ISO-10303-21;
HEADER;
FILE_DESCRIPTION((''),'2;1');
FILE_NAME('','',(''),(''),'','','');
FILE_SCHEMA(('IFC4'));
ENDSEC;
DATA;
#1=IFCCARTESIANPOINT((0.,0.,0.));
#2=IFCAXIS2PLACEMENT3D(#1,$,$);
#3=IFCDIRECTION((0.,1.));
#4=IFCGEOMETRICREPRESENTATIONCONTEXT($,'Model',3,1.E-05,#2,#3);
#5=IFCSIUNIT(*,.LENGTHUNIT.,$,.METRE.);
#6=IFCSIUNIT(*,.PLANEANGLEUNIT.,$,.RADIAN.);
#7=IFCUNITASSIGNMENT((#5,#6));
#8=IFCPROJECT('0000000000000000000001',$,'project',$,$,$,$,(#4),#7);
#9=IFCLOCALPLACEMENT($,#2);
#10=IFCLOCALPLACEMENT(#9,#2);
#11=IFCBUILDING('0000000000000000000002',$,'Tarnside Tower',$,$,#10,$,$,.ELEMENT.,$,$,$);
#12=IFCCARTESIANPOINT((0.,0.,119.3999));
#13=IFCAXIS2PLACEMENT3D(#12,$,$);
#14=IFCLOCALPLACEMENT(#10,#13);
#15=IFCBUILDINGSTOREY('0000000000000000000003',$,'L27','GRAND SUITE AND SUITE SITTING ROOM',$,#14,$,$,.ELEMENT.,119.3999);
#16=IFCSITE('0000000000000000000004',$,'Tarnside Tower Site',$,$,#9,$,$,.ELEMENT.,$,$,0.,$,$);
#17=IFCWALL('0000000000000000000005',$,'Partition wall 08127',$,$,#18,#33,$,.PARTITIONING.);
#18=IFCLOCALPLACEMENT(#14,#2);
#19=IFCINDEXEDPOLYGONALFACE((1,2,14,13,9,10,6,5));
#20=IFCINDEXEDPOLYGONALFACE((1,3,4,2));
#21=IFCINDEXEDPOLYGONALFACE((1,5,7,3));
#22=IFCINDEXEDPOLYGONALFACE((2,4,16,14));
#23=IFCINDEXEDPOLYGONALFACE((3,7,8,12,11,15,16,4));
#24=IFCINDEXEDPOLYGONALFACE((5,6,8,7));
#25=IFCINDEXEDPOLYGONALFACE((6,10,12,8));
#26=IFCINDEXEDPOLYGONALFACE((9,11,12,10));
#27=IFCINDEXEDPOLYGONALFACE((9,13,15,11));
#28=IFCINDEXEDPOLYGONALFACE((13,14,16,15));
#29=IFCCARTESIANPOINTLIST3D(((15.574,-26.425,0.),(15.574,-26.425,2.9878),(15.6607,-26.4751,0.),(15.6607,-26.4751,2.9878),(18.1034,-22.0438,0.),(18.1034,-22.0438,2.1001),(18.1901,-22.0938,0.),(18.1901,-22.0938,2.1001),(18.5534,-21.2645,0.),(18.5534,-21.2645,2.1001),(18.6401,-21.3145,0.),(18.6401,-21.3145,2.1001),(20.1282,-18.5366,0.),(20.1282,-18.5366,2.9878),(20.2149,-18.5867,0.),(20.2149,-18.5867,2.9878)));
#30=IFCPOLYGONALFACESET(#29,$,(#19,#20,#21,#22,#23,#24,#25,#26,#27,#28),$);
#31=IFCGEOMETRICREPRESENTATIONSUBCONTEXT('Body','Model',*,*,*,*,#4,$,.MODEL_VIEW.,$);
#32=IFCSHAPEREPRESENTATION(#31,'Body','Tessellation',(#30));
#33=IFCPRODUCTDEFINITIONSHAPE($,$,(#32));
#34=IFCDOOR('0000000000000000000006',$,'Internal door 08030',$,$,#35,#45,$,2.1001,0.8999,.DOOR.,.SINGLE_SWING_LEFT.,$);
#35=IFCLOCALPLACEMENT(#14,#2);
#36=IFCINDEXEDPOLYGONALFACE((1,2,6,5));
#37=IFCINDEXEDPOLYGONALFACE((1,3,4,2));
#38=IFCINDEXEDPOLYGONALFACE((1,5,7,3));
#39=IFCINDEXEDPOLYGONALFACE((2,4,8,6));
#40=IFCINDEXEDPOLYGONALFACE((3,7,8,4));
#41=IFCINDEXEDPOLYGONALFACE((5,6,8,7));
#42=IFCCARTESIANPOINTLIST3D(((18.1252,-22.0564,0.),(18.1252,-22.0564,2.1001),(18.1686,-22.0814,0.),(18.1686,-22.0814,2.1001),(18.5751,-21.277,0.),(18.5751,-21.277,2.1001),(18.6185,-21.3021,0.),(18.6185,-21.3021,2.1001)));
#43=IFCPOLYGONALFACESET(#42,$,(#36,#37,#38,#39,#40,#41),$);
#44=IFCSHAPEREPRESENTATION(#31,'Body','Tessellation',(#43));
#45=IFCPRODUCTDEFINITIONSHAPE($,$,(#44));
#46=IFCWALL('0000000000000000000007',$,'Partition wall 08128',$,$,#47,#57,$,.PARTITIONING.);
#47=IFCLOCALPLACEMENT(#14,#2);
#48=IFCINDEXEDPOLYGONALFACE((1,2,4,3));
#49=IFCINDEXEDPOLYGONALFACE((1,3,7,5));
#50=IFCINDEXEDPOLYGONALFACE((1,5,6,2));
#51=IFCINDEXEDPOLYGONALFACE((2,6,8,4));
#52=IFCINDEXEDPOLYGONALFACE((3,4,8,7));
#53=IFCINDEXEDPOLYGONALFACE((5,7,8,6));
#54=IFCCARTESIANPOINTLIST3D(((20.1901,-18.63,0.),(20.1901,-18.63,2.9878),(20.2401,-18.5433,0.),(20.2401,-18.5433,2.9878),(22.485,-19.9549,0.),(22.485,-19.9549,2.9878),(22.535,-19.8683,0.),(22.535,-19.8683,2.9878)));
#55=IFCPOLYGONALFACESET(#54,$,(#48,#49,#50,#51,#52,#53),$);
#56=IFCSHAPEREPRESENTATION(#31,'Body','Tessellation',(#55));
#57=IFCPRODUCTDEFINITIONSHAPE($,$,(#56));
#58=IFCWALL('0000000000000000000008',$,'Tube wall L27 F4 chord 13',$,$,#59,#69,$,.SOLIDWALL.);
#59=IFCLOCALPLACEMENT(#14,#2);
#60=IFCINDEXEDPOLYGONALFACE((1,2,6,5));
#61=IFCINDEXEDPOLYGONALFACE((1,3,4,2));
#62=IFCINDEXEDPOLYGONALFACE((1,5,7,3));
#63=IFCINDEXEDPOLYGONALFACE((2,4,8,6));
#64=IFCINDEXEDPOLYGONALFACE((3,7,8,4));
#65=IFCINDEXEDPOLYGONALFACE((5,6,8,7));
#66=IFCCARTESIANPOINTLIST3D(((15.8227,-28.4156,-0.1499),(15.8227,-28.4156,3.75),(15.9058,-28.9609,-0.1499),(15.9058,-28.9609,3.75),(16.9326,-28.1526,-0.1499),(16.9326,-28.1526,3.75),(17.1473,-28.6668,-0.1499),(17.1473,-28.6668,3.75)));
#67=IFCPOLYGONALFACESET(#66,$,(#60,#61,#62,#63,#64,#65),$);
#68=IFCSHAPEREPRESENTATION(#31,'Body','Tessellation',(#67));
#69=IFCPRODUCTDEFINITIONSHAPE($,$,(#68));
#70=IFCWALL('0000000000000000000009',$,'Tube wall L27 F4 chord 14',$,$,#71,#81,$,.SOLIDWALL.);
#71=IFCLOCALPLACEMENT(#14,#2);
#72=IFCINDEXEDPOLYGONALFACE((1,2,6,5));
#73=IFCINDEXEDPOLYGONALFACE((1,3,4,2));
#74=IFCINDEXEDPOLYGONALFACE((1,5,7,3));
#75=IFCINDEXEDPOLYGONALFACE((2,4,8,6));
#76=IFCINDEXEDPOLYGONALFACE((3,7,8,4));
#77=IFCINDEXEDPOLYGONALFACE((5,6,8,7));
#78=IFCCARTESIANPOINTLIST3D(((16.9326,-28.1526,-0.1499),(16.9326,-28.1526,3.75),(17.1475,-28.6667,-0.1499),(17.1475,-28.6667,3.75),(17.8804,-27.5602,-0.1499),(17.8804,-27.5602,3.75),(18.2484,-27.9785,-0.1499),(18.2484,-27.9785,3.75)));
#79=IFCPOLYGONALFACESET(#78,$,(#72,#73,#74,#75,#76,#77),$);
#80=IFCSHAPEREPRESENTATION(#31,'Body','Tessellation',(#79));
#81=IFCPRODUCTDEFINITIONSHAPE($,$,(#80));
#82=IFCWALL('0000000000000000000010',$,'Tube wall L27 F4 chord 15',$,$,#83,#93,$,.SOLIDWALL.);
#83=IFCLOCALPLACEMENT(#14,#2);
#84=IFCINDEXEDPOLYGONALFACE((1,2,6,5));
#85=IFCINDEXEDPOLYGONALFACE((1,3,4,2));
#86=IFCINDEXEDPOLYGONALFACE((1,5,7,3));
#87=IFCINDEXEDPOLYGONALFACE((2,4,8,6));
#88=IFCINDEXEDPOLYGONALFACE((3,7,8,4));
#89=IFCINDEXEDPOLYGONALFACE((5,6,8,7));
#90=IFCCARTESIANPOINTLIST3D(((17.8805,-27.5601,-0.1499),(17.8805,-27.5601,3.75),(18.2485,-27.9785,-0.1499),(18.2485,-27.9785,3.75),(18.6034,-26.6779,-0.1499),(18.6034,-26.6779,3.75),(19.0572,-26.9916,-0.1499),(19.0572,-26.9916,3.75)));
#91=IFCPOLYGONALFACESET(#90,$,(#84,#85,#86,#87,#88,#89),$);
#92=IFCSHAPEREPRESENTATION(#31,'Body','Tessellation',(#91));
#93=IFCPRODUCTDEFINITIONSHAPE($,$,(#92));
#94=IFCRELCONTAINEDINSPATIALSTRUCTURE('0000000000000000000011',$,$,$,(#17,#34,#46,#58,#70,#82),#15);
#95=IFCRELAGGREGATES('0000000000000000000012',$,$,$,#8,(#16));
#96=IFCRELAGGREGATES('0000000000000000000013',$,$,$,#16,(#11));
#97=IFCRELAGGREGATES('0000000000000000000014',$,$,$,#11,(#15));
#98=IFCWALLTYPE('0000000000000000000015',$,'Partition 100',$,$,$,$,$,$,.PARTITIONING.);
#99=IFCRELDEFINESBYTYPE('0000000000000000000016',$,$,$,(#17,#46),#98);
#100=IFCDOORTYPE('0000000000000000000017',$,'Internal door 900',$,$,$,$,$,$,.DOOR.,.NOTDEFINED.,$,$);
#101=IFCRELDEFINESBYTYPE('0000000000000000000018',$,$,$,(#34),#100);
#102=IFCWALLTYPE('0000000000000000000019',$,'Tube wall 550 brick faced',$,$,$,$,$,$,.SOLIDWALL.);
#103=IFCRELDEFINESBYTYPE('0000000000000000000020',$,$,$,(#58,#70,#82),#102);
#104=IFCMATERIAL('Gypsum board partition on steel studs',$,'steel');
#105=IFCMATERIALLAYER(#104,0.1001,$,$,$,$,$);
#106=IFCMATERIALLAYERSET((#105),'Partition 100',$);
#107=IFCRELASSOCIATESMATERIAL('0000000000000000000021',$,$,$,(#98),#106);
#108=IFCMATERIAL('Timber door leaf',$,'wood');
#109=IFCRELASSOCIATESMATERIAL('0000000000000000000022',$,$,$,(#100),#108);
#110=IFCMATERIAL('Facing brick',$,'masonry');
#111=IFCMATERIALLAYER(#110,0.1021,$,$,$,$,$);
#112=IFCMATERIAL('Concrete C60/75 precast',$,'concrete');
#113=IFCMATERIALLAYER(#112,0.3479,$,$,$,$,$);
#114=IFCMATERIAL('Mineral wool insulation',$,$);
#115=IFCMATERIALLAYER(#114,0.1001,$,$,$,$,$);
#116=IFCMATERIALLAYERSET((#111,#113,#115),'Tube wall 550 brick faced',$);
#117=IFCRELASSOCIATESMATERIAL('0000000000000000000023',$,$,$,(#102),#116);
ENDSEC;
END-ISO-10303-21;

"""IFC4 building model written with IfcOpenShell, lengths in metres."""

from ifc_helpers import new_model, si_unit, direction, frame, frame_2d, origin, place, context, subcontext, project, spatial, polyline, rectangle, outline, extrude, material, layer, layer_set, type_object, element, fill, save


model = new_model("IFC4")

# Units and contexts
model_context = context("Model", 3, precision=1e-05, world=origin(), true_north=direction((0.0, 1.0)))
body_context = subcontext(model_context, "Body", "Model", "MODEL_VIEW")
ifc_project = project(units=[si_unit("LENGTHUNIT", "METRE"), si_unit("PLANEANGLEUNIT", "RADIAN")], contexts=[model_context])

# Site, building, storey
site_placement = place(None, origin())
site = spatial("IfcSite", under=ifc_project, at=site_placement, Name="Tarnside Tower Site", CompositionType="ELEMENT", RefElevation=0.0)
building_placement = place(site_placement, origin())
building = spatial("IfcBuilding", under=site, at=building_placement, Name="Tarnside Tower", CompositionType="ELEMENT")
storey_placement = place(building_placement, frame((0.0, 0.0, 119.3999)))
storey = spatial("IfcBuildingStorey", under=building, at=storey_placement, Name="L27", Description="GRAND SUITE AND SUITE SITTING ROOM", CompositionType="ELEMENT", Elevation=119.3999)

# Shared definitions
ifc_material_1 = material(Name="Gypsum board partition on steel studs", Category="steel")

# Shared definitions
ifc_material_2 = material(Name="Timber door leaf", Category="wood")

# Wall, opening, door
ifc_layer_1 = layer(ifc_material_1, 0.1001)
ifc_layer_set_1 = layer_set([ifc_layer_1], Name="Partition 100")
wall_type_1 = type_object("IfcWallType", Name="Partition 100", PredefinedType="PARTITIONING", material=ifc_layer_set_1)
wall_1_placement = place(storey_placement, frame((15.6174, -26.45, 0.0), z_axis=(0.0, 0.0, 1.0), x_axis=(0.499985, 0.866034, 0.0)))
wall_1 = element("IfcWall", 1, at=wall_1_placement, inside=storey, type_object=wall_type_1, Name="Partition wall 08127", PredefinedType="PARTITIONING", context=body_context, shape_type="SweptSolid", body=[
    extrude(rectangle(XDim=9.1086, YDim=0.1001, at=frame_2d((4.5542, 0.0))), origin(), (0.0, 0.0, 1.0), 2.9878),
])
opening_1_placement = place(wall_1_placement, frame((5.0588, 0.0, 0.0)))
opening_1 = element("IfcOpeningElement", 2, at=opening_1_placement, cuts=wall_1, PredefinedType="OPENING", context=body_context, shape_type="SweptSolid", body=[
    extrude(rectangle(XDim=0.8999, YDim=2.1001, at=frame_2d((0.45, 1.05))), frame((0.0, 0.0601, 0.0), z_axis=(0.0, -1.0, 0.0), x_axis=(1.0, 0.0, 0.0)), (0.0, 0.0, 1.0), 0.1201),
])
door_type_1 = type_object("IfcDoorType", Name="Internal door 900", OperationType="NOTDEFINED", PredefinedType="DOOR", material=ifc_material_2)
door_1_placement = place(opening_1_placement, origin())
door_1 = element("IfcDoor", 3, at=door_1_placement, inside=storey, type_object=door_type_1, Name="Internal door 08030", OperationType="SINGLE_SWING_LEFT", OverallHeight=2.1001, OverallWidth=0.8999, PredefinedType="DOOR", context=body_context, shape_type="SweptSolid", body=[
    extrude(rectangle(XDim=0.8999, YDim=2.1001, at=frame_2d((0.45, 1.05))), frame((0.0, 0.0249, 0.0), z_axis=(0.0, -1.0, 0.0), x_axis=(1.0, 0.0, 0.0)), (0.0, 0.0, 1.0), 0.05),
])
fill(opening_1, door_1)

# Walls
wall_2_placement = place(storey_placement, frame((20.2151, -18.5867, 0.0), z_axis=(0.0, 0.0, 1.0), x_axis=(0.866029, -0.499994, 0.0)))
element("IfcWall", 4, at=wall_2_placement, inside=storey, type_object=wall_type_1, Name="Partition wall 08128", PredefinedType="PARTITIONING", context=body_context, shape_type="SweptSolid", body=[
    extrude(rectangle(XDim=2.6499, YDim=0.1001, at=frame_2d((1.325, 0.0))), origin(), (0.0, 0.0, 1.0), 2.9878),
])
ifc_material_3 = material(Name="Facing brick", Category="masonry")
ifc_layer_2 = layer(ifc_material_3, 0.1021)
ifc_material_4 = material(Name="Concrete C60/75 precast", Category="concrete")
ifc_layer_3 = layer(ifc_material_4, 0.3479)
ifc_material_5 = material(Name="Mineral wool insulation")
ifc_layer_4 = layer(ifc_material_5, 0.1001)
ifc_layer_set_2 = layer_set([ifc_layer_2, ifc_layer_3, ifc_layer_4], Name="Tube wall 550 brick faced")
wall_type_2 = type_object("IfcWallType", Name="Tube wall 550 brick faced", PredefinedType="SOLIDWALL", material=ifc_layer_set_2)
wall_3_placement = place(storey_placement, frame((15.8643, -28.6882, -0.1499), z_axis=(0.0, 0.0, 1.0), x_axis=(0.973064, 0.230537, 0.0)))
element("IfcWall", 5, at=wall_3_placement, inside=storey, type_object=wall_type_2, Name="Tube wall L27 F4 chord 13", PredefinedType="SOLIDWALL", context=body_context, shape_type="SweptSolid", body=[
    extrude(outline(polyline([(-0.0225, -0.2749), (1.2534, -0.2749), (1.1631, 0.2749), (0.0225, 0.2749), (-0.0225, -0.2749)])), origin(), (0.0, 0.0, 1.0), 3.8999),
])
wall_4_placement = place(storey_placement, frame((17.04, -28.4097, -0.1499), z_axis=(0.0, 0.0, 1.0), x_axis=(0.847953, 0.530072, 0.0)))
element("IfcWall", 6, at=wall_4_placement, inside=storey, type_object=wall_type_2, Name="Tube wall L27 F4 chord 14", PredefinedType="SOLIDWALL", context=body_context, shape_type="SweptSolid", body=[
    extrude(outline(polyline([(-0.0452, -0.2749), (1.2532, -0.2749), (1.1628, 0.2749), (0.0452, 0.2749), (-0.0452, -0.2749)])), origin(), (0.0, 0.0, 1.0), 3.8999),
])
wall_5_placement = place(storey_placement, frame((18.0645, -27.7693, -0.1499), z_axis=(0.0, 0.0, 1.0), x_axis=(0.633843, 0.773462, 0.0)))
element("IfcWall", 7, at=wall_5_placement, inside=storey, type_object=wall_type_2, Name="Tube wall L27 F4 chord 15", PredefinedType="SOLIDWALL", context=body_context, shape_type="SweptSolid", body=[
    extrude(outline(polyline([(-0.0452, -0.2749), (1.2307, -0.2749), (1.1858, 0.2749), (0.0452, 0.2749), (-0.0452, -0.2749)])), origin(), (0.0, 0.0, 1.0), 3.8999),
])

save(model, "model.ifc")
